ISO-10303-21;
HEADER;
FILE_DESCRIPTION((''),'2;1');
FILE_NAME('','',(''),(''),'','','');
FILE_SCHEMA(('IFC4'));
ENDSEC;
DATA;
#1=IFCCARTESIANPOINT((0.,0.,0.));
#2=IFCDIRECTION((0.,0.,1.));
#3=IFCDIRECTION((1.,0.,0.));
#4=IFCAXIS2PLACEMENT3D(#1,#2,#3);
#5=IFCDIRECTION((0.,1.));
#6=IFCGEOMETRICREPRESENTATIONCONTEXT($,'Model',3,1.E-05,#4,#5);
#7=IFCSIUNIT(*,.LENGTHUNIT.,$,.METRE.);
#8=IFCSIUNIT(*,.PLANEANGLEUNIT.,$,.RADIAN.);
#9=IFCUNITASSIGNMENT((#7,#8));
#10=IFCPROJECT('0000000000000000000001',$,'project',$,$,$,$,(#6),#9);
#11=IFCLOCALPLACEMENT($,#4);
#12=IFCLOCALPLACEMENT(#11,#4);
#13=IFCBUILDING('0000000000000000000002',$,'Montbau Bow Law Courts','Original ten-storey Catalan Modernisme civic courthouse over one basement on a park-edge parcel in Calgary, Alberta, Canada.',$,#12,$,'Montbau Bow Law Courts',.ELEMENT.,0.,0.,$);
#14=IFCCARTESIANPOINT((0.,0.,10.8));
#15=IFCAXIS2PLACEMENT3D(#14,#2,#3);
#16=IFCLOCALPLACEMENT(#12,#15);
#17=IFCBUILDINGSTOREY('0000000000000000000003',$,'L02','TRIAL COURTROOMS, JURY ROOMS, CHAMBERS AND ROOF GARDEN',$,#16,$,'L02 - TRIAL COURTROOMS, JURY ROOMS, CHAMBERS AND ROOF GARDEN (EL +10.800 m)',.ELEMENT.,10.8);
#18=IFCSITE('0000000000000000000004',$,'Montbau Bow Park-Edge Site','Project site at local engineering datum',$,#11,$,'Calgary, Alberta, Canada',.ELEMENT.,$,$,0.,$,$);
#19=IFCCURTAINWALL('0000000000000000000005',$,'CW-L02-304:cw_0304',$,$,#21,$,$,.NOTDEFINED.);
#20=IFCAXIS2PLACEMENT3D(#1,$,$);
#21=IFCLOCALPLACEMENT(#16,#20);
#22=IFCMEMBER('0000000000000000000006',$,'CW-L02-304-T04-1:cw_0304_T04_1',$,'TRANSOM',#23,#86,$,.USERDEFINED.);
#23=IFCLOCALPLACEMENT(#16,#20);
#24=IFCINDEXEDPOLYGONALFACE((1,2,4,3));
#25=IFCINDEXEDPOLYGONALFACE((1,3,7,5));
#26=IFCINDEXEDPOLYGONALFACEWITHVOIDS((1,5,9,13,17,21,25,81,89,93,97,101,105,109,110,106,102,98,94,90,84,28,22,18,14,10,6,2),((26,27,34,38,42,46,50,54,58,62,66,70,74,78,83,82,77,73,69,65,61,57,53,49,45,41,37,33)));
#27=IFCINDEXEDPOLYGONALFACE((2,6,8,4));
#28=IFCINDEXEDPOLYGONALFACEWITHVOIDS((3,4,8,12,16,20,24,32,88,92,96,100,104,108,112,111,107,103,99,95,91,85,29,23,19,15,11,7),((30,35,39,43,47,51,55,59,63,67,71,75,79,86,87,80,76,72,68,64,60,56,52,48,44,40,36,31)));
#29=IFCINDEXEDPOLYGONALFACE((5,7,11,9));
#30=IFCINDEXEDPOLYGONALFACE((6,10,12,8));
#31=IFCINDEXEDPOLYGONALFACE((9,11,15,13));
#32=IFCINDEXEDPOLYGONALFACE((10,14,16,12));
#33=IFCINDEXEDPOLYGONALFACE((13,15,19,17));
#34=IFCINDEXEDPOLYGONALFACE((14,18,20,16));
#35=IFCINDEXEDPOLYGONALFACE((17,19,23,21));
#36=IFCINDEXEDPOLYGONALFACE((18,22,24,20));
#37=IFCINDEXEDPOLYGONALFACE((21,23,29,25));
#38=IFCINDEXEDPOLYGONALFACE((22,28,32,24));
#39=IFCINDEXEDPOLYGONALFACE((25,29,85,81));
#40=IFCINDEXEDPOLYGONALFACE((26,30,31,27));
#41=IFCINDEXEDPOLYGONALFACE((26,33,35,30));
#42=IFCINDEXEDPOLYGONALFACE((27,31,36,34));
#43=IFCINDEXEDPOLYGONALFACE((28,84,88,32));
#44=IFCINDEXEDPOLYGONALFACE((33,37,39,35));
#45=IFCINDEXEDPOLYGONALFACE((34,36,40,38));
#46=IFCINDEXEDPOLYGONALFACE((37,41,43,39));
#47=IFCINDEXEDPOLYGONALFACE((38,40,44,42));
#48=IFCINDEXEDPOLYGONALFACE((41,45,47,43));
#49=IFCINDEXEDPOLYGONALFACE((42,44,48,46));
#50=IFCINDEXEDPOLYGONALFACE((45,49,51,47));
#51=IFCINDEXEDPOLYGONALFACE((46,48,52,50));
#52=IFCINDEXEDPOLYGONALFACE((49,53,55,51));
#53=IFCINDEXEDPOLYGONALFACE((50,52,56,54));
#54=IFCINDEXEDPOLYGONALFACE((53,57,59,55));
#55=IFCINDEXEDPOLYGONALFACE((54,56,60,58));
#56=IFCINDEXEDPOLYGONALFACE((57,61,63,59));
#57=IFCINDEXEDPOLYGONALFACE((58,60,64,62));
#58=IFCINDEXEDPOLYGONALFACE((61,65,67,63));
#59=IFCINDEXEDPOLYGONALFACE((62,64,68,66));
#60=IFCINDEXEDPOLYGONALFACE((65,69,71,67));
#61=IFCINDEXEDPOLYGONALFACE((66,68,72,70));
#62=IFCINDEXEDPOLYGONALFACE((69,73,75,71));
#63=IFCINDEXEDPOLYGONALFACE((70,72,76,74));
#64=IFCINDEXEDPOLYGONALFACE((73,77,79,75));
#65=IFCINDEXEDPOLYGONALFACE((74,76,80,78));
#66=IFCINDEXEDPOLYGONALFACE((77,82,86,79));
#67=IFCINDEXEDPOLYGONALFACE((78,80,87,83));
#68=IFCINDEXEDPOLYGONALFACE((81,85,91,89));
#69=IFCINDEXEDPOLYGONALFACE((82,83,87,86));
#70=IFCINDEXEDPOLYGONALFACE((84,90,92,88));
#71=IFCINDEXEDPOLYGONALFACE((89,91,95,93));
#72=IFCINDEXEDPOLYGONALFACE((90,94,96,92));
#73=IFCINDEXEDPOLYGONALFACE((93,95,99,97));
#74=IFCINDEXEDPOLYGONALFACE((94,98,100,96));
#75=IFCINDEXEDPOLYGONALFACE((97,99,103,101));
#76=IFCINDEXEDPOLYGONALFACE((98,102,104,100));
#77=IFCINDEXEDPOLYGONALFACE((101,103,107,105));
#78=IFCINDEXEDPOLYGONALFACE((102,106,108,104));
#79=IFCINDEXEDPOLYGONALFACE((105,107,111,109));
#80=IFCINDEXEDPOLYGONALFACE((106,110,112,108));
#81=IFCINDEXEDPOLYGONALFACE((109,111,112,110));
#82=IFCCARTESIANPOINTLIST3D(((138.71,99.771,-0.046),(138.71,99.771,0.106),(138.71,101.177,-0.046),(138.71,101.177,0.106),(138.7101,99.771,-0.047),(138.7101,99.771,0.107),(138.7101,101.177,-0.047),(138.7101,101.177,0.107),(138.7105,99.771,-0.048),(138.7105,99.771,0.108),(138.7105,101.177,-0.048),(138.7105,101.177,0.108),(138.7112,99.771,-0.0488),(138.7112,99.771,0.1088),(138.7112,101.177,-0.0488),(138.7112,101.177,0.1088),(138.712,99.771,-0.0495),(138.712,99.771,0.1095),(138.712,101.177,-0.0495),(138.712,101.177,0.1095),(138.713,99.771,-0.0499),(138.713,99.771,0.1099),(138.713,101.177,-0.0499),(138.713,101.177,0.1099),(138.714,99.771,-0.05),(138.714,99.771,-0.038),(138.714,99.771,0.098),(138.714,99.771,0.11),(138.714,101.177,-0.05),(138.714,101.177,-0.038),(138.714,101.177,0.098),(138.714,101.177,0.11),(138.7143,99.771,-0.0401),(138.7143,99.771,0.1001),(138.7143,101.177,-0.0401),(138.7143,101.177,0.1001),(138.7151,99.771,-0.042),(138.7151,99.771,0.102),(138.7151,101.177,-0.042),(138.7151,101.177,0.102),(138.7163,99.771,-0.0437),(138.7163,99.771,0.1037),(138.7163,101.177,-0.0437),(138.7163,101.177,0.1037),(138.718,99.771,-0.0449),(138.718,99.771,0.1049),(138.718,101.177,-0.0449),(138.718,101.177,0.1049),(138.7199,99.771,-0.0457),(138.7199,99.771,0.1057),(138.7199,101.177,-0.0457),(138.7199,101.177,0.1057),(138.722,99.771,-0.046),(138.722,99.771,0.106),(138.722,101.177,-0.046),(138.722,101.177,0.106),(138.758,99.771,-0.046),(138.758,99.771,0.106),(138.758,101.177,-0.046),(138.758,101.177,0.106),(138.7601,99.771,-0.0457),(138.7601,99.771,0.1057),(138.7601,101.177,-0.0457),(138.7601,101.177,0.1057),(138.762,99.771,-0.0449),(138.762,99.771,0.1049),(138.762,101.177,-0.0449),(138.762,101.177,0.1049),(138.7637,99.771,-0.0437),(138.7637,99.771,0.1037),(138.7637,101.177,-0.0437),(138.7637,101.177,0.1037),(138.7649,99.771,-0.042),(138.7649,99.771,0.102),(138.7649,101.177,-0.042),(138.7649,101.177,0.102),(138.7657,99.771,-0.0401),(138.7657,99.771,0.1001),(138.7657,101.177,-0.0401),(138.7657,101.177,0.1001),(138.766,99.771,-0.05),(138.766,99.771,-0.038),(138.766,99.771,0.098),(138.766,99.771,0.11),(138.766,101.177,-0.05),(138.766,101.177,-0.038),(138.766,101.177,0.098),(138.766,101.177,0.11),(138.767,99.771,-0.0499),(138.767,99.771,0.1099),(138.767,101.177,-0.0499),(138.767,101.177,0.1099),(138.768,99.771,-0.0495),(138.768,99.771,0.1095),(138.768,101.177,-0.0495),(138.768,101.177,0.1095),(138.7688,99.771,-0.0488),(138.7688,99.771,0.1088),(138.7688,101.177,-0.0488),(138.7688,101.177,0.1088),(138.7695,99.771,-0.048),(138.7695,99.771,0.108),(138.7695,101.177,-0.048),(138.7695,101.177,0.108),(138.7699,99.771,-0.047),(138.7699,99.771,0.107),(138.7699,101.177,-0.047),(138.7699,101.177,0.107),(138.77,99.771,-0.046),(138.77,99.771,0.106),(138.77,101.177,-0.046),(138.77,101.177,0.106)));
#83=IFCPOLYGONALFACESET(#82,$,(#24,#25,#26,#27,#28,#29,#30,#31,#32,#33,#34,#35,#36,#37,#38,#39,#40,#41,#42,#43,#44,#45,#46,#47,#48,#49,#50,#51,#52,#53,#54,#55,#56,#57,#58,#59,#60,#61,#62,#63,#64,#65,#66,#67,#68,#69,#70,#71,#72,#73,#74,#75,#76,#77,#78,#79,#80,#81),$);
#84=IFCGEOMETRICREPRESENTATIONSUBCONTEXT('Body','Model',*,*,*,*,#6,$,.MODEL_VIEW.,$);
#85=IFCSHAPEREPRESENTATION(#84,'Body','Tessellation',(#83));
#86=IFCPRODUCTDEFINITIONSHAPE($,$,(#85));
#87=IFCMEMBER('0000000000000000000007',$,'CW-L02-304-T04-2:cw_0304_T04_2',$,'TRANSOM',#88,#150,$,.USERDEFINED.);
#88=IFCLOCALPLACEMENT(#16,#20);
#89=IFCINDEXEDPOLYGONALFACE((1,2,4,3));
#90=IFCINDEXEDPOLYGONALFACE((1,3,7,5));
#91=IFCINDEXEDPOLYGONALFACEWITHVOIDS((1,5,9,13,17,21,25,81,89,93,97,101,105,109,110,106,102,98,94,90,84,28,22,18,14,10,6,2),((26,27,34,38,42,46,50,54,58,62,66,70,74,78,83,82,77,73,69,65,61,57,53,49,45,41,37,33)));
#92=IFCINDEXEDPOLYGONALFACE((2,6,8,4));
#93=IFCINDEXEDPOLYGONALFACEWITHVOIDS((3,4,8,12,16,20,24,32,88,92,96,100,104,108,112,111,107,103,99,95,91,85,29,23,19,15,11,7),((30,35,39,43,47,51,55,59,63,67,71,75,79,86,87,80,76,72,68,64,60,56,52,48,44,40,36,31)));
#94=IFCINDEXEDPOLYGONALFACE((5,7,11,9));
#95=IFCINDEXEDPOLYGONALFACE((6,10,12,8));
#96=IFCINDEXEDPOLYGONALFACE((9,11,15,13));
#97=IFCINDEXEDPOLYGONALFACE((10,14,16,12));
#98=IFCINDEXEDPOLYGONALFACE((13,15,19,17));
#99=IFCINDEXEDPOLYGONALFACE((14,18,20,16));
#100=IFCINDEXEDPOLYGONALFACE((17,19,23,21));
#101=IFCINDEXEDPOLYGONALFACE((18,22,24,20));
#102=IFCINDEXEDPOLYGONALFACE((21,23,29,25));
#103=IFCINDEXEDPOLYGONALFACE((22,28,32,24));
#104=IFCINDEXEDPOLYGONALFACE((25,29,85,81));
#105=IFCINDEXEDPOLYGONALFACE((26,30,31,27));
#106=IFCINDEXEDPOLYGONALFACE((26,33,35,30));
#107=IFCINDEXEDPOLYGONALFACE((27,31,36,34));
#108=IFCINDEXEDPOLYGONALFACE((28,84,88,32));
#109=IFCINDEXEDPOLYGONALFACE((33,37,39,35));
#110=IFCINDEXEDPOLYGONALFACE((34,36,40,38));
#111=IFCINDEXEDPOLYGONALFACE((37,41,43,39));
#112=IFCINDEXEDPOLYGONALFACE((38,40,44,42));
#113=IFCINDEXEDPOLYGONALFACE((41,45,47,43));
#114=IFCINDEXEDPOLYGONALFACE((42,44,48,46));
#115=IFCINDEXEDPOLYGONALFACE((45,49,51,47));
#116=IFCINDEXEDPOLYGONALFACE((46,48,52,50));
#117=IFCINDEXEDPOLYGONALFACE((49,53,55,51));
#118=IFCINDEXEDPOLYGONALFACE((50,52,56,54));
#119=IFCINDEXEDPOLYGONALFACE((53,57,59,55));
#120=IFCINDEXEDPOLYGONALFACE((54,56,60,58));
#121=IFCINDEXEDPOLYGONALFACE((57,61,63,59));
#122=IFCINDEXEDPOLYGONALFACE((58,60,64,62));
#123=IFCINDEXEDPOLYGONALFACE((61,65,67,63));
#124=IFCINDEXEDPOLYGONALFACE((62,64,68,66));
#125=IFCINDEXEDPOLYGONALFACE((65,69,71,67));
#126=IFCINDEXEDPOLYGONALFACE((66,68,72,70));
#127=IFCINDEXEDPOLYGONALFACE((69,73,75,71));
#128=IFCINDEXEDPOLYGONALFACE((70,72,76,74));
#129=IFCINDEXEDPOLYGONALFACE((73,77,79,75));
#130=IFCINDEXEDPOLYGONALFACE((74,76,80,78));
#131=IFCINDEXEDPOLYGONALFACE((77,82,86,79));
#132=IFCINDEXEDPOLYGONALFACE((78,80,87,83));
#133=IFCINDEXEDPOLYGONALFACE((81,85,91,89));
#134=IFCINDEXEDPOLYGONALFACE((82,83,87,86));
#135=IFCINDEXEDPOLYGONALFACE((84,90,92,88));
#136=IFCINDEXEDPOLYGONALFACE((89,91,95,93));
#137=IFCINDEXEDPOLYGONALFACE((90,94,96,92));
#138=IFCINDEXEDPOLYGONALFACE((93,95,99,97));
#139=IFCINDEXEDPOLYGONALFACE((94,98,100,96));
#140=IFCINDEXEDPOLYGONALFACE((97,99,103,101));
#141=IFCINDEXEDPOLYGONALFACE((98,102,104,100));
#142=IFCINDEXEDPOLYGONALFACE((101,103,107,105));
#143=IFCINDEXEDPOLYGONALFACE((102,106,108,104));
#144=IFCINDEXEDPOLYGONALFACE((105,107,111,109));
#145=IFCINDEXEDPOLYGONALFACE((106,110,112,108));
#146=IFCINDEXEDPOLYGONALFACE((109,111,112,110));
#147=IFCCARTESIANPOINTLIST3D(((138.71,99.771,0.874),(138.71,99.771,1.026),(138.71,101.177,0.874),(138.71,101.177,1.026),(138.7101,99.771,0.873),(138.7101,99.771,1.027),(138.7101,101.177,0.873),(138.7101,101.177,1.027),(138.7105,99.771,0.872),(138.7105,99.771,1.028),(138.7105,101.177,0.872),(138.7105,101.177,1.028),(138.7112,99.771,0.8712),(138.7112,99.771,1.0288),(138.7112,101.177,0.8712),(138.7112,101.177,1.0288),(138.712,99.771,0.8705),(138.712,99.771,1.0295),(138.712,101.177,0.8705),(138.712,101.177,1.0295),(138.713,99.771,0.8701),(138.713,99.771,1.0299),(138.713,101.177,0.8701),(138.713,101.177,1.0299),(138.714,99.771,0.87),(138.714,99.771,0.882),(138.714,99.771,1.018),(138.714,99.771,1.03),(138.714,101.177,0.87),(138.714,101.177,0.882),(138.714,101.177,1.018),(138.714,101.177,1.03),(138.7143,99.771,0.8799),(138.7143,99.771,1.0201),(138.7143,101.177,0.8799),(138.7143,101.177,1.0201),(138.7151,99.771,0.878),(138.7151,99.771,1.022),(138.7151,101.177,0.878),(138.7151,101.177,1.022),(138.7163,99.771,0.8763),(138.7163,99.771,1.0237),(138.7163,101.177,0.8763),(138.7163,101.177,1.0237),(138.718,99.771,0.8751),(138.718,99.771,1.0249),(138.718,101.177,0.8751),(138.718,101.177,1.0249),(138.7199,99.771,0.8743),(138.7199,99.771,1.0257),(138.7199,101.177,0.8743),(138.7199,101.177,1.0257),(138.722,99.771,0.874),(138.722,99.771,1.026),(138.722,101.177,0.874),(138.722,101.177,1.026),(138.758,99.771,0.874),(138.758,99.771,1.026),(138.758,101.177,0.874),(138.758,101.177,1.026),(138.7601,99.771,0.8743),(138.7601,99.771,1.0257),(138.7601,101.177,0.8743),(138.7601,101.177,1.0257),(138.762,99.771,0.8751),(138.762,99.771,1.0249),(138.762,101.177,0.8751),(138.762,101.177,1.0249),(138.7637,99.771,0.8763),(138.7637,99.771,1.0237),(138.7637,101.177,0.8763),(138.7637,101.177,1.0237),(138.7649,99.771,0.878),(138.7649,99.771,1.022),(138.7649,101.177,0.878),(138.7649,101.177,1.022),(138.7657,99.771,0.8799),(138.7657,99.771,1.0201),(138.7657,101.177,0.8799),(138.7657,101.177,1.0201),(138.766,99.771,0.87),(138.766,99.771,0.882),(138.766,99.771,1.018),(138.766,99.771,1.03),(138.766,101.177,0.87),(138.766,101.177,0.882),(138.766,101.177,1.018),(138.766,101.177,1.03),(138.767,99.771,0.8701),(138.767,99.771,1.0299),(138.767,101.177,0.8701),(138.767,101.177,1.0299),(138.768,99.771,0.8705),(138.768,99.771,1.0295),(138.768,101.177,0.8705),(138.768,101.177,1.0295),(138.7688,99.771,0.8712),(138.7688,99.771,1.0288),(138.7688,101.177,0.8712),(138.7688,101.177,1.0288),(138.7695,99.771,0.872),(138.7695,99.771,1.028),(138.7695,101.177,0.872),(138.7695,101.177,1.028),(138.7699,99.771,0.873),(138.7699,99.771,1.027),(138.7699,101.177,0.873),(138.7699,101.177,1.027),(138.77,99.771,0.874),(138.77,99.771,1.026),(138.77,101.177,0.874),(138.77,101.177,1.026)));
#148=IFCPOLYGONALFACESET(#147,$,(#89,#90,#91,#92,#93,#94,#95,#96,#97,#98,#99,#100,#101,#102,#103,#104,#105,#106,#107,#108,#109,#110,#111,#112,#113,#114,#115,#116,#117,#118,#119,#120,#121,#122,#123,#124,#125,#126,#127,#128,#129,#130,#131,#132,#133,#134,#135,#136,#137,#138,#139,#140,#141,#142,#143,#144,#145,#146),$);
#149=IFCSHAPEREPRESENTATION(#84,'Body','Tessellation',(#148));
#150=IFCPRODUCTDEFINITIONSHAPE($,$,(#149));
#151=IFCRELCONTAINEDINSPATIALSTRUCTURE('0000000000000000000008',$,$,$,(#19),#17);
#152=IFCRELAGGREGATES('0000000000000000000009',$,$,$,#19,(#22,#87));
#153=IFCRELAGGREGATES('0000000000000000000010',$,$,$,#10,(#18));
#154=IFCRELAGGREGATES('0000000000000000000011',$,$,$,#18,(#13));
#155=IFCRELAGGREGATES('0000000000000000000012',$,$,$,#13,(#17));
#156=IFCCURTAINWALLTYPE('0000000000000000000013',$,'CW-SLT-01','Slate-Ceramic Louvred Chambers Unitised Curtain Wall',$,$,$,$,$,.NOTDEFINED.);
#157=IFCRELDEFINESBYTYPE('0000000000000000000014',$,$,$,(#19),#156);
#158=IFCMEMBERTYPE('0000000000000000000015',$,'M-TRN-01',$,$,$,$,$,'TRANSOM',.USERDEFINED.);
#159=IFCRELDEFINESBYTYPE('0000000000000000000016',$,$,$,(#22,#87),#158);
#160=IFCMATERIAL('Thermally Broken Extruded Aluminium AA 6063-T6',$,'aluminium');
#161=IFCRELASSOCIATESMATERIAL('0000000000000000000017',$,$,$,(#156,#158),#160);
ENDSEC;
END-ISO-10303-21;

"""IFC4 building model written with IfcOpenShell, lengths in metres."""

from ifc_helpers import new_model, si_unit, direction, frame, origin_with_axes, origin_2d_with_axis, place, context, subcontext, project, spatial, hollow_rectangle, extrude, material, material_profile, profile_set, type_object, element, aggregate, save


model = new_model("IFC4")

# Units and contexts
model_context = context("Model", 3, precision=1e-05, world=origin_with_axes(), true_north=direction((0.0, 1.0)))
body_context = subcontext(model_context, "Body", "Model", "MODEL_VIEW")
ifc_project = project(units=[si_unit("LENGTHUNIT", "METRE"), si_unit("PLANEANGLEUNIT", "RADIAN")], contexts=[model_context])

# Site, building, storey
site_placement = place(None, origin_with_axes())
site = spatial("IfcSite", under=ifc_project, at=site_placement, Name="Montbau Bow Park-Edge Site", Description="Project site at local engineering datum", LongName="Calgary, Alberta, Canada", CompositionType="ELEMENT", RefElevation=0.0)
building_placement = place(site_placement, origin_with_axes())
building = spatial("IfcBuilding", under=site, at=building_placement, Name="Montbau Bow Law Courts", Description="Original ten-storey Catalan Modernisme civic courthouse over one basement on a park-edge parcel in Calgary, Alberta, Canada.", LongName="Montbau Bow Law Courts", CompositionType="ELEMENT", ElevationOfRefHeight=0.0, ElevationOfTerrain=0.0)
storey_placement = place(building_placement, frame((0.0, 0.0, 10.8), z_axis=(0.0, 0.0, 1.0), x_axis=(1.0, 0.0, 0.0)))
storey = spatial("IfcBuildingStorey", under=building, at=storey_placement, Name="L02", Description="TRIAL COURTROOMS, JURY ROOMS, CHAMBERS AND ROOF GARDEN", LongName="L02 - TRIAL COURTROOMS, JURY ROOMS, CHAMBERS AND ROOF GARDEN (EL +10.800 m)", CompositionType="ELEMENT", Elevation=10.8)

# Shared definitions
ifc_material_1 = material(Name="Thermally Broken Extruded Aluminium AA 6063-T6", Category="aluminium")
curtain_wall_type = type_object("IfcCurtainWallType", Name="CW-SLT-01", Description="Slate-Ceramic Louvred Chambers Unitised Curtain Wall", PredefinedType="NOTDEFINED", material=ifc_material_1)

# Curtain wall, members
curtain_wall_1_placement = place(None, frame((138.74, 95.315, 10.8), z_axis=(0.0, 0.0, 1.0), x_axis=(1.0, 0.0, 0.0)))
curtain_wall_1 = element("IfcCurtainWall", 1, at=curtain_wall_1_placement, inside=storey, type_object=curtain_wall_type, Name="CW-L02-304:cw_0304", PredefinedType="NOTDEFINED")
ifc_material_profile_1 = material_profile(ifc_material_1, hollow_rectangle(XDim=0.06, YDim=0.16, WallThickness=0.004, InnerFilletRadius=0.008, OuterFilletRadius=0.004, at=origin_2d_with_axis()), Name="CWT-160X60", Category="Main", Priority=0)
ifc_profile_set_1 = profile_set([ifc_material_profile_1], Name="Thermally Broken Extruded Aluminium AA 6063-T6")
member_type_1 = type_object("IfcMemberType", Name="M-TRN-01", ElementType="TRANSOM", PredefinedType="USERDEFINED", material=ifc_profile_set_1)
member_1_placement = place(None, frame((138.74, 99.771, 10.83), z_axis=(0.0, 1.0, 0.0), x_axis=(-1.0, 0.0, 0.0)))
member_1 = element("IfcMember", 2, at=member_1_placement, type_object=member_type_1, Name="CW-L02-304-T04-1:cw_0304_T04_1", ObjectType="TRANSOM", PredefinedType="USERDEFINED", context=body_context, shape_type="SweptSolid", body=[
    extrude(hollow_rectangle(XDim=0.06, YDim=0.16, WallThickness=0.004, InnerFilletRadius=0.008, OuterFilletRadius=0.004, at=origin_2d_with_axis()), origin_with_axes(), (0.0, 0.0, 1.0), 1.406),
])
member_2_placement = place(None, frame((138.74, 99.771, 11.75), z_axis=(0.0, 1.0, 0.0), x_axis=(-1.0, 0.0, 0.0)))
member_2 = element("IfcMember", 3, at=member_2_placement, type_object=member_type_1, Name="CW-L02-304-T04-2:cw_0304_T04_2", ObjectType="TRANSOM", PredefinedType="USERDEFINED", context=body_context, shape_type="SweptSolid", body=[
    extrude(hollow_rectangle(XDim=0.06, YDim=0.16, WallThickness=0.004, InnerFilletRadius=0.008, OuterFilletRadius=0.004, at=origin_2d_with_axis()), origin_with_axes(), (0.0, 0.0, 1.0), 1.406),
])

aggregate(curtain_wall_1, [member_1, member_2])

save(model, "model.ifc")
